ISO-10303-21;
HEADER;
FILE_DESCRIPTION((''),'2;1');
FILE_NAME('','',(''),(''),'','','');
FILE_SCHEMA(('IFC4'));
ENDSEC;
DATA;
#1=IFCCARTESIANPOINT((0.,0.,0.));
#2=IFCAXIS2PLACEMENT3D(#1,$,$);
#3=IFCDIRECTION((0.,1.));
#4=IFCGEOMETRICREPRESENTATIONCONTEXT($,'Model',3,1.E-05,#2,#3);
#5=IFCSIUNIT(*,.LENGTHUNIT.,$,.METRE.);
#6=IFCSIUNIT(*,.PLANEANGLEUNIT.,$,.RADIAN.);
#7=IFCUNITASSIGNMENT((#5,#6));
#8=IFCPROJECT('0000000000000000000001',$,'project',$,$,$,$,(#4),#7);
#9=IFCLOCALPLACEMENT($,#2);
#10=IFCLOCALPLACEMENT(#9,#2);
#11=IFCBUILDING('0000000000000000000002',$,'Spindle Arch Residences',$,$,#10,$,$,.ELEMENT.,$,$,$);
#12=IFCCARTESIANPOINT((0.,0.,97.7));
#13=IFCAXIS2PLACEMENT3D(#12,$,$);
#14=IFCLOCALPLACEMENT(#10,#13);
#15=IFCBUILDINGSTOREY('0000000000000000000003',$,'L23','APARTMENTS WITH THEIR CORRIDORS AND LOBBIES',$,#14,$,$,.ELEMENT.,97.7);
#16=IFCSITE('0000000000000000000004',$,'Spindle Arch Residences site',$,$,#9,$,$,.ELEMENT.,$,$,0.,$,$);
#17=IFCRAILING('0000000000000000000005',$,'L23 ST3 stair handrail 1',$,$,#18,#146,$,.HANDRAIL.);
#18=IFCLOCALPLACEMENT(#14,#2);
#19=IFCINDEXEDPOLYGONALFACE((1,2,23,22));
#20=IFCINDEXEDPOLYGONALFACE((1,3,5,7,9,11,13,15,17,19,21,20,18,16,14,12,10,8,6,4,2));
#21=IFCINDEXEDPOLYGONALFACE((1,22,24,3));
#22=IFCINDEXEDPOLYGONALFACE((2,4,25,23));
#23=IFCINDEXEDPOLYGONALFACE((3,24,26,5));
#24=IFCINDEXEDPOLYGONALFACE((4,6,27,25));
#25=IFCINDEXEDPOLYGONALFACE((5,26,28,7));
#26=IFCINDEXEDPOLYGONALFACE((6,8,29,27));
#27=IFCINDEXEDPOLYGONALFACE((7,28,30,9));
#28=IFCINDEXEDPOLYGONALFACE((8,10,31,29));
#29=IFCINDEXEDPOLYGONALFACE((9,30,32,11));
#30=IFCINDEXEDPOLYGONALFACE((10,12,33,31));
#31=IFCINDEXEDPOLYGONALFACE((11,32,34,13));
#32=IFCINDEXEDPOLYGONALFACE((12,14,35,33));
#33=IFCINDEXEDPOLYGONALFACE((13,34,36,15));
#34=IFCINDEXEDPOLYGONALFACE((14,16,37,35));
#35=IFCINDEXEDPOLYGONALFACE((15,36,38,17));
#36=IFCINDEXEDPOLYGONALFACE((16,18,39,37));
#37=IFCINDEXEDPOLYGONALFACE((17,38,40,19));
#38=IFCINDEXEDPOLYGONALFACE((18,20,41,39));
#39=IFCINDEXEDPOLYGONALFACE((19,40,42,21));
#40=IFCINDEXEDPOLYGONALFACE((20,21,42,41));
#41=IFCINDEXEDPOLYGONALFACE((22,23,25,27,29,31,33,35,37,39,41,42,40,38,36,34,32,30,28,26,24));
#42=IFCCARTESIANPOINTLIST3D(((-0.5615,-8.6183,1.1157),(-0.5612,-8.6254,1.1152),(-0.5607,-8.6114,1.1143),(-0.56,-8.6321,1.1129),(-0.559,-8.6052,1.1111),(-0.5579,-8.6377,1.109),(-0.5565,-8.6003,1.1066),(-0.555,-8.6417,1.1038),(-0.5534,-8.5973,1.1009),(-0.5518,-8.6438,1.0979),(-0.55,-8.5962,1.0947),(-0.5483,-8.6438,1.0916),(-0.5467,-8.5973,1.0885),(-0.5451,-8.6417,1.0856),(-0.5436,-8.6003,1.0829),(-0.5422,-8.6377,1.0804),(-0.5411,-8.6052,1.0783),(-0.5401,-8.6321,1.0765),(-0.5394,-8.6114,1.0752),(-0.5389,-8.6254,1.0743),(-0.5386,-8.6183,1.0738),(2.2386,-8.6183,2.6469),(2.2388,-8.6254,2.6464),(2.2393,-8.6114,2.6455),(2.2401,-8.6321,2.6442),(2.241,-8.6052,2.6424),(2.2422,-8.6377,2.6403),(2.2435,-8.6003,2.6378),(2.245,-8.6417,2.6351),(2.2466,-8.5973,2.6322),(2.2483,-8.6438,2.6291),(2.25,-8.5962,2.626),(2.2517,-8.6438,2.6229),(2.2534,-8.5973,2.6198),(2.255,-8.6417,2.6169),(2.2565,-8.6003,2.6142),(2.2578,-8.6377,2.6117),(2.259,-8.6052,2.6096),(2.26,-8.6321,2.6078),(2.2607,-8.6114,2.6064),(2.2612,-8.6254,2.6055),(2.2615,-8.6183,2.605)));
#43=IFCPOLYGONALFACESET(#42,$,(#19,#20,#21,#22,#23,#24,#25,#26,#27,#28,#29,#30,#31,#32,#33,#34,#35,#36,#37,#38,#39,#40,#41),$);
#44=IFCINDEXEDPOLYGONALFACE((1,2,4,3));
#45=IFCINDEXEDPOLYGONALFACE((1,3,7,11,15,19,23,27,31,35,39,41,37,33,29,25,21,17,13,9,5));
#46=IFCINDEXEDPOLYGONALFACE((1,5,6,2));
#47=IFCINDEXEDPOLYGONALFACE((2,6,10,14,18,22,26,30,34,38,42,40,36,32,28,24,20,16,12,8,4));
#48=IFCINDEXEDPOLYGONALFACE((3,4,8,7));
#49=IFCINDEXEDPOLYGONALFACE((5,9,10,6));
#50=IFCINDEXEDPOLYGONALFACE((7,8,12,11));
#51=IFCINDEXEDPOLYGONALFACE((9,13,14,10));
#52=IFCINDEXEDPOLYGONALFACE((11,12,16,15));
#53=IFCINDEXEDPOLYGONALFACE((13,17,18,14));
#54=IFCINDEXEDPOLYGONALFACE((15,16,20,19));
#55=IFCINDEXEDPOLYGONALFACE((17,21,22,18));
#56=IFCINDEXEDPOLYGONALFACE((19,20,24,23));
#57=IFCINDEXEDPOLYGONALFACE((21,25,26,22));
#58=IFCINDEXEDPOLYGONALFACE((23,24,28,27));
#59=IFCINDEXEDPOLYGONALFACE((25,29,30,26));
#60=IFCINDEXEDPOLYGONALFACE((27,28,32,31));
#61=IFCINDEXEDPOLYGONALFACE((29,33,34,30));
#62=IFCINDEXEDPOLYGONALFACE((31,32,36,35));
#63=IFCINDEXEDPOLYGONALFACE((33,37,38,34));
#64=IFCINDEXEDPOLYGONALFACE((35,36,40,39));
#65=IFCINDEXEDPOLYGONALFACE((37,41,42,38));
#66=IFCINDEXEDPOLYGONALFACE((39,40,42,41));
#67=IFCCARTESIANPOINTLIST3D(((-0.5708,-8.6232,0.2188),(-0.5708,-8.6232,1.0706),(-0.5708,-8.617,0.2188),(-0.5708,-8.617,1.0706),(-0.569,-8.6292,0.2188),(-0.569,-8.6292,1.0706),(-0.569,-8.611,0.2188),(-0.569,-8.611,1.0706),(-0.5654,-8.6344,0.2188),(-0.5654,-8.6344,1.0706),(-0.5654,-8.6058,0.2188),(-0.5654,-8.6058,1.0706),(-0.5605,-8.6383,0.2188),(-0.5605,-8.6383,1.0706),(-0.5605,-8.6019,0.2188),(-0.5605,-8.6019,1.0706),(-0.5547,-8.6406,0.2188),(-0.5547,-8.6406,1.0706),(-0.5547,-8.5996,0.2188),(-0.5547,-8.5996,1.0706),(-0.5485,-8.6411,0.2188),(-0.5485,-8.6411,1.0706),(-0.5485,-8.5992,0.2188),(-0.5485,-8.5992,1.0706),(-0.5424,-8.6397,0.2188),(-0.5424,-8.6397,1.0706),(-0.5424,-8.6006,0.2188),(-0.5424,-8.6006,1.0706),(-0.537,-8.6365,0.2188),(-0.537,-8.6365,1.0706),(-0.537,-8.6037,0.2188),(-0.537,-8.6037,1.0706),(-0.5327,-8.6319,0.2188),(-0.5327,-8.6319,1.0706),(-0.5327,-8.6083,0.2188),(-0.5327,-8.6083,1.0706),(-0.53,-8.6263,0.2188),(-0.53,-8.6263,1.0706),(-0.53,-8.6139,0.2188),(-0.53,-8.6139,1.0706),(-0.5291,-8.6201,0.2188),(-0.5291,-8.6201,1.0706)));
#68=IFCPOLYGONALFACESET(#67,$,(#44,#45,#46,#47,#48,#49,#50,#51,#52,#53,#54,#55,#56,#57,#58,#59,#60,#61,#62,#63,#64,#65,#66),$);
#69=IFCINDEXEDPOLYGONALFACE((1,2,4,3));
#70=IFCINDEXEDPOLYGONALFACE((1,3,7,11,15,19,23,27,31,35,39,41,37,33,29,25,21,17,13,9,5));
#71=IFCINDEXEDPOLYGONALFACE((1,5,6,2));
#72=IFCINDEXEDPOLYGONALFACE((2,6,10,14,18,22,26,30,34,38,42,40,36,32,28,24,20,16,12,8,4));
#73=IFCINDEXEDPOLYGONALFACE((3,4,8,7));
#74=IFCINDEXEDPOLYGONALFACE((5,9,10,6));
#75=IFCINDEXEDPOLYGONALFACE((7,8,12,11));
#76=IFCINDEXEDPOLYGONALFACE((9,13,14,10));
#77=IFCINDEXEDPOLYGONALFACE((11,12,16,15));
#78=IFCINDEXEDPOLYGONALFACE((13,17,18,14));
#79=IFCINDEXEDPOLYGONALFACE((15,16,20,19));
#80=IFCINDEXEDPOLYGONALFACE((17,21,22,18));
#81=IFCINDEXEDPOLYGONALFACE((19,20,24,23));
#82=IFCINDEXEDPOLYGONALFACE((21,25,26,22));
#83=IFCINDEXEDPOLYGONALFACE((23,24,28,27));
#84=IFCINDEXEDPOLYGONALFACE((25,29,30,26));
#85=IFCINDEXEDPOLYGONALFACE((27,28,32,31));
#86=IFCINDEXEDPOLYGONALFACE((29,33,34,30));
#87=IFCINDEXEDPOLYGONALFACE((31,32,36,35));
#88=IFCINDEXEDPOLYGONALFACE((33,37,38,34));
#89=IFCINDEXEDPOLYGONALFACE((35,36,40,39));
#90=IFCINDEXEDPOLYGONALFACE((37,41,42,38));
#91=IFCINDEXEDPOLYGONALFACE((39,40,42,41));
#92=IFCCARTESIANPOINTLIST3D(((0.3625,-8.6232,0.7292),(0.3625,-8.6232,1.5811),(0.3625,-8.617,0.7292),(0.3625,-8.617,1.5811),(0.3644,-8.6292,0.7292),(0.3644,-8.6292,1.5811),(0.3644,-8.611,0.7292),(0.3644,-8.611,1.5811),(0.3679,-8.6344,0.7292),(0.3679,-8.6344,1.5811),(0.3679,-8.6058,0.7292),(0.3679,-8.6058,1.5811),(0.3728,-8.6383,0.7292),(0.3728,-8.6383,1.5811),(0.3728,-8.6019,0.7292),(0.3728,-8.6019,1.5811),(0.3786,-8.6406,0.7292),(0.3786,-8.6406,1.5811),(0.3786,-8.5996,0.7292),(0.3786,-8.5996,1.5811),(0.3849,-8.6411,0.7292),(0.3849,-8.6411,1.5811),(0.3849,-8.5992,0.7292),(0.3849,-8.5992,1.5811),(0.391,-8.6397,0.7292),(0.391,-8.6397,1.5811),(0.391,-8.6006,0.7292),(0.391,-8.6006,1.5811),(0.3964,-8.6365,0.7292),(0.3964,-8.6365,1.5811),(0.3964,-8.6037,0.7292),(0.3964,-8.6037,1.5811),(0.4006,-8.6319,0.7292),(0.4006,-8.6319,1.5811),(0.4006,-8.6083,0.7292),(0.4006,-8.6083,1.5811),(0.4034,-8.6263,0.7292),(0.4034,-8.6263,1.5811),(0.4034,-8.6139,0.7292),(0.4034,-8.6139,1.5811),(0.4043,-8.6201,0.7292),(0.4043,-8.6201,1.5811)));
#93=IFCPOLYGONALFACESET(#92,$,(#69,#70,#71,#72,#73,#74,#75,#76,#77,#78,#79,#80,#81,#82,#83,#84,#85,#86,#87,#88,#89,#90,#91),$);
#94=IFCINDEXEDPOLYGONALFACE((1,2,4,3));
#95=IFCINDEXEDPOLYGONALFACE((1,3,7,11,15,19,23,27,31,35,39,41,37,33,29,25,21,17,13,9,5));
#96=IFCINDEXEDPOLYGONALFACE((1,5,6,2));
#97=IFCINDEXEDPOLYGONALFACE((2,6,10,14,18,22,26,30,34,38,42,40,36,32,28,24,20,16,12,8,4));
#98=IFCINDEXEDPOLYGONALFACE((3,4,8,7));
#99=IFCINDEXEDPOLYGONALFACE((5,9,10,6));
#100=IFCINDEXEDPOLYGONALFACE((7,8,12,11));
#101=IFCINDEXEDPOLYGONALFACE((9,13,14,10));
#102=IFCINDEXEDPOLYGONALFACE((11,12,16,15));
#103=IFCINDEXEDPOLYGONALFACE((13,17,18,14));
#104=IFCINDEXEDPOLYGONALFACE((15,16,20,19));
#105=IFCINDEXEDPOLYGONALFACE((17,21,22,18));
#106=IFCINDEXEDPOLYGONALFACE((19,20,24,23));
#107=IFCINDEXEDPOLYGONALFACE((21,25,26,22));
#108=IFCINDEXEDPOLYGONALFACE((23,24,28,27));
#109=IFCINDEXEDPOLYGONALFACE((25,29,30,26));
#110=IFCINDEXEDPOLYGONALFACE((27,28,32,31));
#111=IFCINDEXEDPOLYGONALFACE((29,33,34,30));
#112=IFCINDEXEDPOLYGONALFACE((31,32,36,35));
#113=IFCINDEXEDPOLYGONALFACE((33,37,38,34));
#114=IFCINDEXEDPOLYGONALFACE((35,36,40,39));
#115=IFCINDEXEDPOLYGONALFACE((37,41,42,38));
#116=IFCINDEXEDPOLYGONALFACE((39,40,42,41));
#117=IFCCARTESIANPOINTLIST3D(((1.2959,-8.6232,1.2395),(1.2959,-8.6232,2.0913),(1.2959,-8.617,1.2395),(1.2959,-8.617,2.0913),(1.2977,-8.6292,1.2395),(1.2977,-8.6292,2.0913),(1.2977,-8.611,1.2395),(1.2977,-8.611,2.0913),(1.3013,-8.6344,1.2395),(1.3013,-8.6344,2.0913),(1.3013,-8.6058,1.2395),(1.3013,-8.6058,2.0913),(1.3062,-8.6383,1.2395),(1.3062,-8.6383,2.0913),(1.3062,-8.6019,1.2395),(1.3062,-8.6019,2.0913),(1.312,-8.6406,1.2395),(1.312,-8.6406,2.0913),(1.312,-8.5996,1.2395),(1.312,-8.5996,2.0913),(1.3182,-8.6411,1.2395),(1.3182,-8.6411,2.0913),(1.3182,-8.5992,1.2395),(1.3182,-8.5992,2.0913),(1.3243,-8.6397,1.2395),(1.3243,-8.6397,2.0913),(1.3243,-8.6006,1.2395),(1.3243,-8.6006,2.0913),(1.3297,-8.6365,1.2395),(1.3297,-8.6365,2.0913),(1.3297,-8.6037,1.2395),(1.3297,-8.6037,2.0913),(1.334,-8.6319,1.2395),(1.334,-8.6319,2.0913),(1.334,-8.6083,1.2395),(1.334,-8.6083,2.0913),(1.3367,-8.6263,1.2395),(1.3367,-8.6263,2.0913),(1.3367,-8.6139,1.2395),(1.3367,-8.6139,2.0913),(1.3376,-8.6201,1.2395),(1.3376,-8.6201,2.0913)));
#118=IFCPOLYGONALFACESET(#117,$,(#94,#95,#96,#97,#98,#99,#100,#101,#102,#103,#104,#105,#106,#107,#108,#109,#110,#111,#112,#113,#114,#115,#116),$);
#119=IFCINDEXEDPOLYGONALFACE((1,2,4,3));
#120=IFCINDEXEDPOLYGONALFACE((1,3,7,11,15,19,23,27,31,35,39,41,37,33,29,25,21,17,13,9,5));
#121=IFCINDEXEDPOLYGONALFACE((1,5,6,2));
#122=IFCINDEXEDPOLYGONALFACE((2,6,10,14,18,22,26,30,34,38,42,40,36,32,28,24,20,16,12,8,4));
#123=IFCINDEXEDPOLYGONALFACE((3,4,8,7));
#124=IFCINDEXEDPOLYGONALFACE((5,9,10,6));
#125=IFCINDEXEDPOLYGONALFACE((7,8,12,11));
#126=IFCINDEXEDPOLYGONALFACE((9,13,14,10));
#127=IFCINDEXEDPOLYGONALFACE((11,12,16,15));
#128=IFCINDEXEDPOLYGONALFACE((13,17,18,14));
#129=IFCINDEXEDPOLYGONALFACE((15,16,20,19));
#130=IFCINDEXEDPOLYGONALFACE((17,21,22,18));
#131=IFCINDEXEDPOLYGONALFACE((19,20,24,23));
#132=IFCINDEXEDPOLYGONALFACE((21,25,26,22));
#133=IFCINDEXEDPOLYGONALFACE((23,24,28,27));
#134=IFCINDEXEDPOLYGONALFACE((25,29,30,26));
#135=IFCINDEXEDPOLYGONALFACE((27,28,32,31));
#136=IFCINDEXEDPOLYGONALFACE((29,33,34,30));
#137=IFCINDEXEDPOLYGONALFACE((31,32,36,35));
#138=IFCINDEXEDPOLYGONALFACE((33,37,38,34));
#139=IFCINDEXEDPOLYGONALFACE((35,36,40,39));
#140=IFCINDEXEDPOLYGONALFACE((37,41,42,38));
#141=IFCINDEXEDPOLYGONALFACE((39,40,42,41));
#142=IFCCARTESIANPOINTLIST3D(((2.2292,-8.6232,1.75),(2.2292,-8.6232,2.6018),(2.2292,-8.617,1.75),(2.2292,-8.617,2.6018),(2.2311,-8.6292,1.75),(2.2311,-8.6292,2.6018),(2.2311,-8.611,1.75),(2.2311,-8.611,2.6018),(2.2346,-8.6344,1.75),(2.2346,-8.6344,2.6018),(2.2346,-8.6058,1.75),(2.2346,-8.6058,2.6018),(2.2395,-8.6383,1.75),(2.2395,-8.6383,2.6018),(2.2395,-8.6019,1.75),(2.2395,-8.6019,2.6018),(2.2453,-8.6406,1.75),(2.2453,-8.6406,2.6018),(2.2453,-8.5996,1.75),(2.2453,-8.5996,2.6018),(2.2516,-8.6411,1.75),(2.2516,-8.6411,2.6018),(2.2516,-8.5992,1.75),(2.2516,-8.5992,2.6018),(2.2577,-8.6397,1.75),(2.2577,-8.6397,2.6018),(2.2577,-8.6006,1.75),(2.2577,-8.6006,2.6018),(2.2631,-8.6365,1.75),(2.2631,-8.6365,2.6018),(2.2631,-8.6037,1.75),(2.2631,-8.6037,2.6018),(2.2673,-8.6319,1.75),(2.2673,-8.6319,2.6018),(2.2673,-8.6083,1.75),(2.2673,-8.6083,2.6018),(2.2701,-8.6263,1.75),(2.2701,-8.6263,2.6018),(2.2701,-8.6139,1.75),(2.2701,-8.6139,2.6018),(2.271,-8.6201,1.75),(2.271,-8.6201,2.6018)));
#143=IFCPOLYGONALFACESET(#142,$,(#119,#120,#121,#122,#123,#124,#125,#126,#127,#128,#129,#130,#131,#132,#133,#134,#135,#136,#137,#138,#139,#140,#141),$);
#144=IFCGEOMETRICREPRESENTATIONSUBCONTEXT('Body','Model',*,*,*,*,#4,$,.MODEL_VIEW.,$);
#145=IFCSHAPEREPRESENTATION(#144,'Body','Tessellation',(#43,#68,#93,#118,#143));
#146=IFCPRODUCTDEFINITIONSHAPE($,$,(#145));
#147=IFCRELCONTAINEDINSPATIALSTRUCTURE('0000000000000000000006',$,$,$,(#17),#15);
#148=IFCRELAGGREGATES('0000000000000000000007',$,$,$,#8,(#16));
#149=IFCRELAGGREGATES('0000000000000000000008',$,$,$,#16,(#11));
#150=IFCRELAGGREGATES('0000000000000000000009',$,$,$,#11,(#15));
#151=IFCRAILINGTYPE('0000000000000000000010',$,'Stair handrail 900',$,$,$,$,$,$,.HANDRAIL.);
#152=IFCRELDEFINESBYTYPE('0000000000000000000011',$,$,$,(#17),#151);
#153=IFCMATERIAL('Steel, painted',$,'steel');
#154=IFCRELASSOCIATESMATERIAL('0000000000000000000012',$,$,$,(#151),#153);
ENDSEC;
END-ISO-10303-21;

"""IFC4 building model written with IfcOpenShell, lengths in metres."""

from ifc_helpers import new_model, si_unit, direction, frame, origin, origin_2d, place, context, subcontext, project, spatial, circle, extrude, material, type_object, element, save


model = new_model("IFC4")

# Units and contexts
model_context = context("Model", 3, precision=1e-05, world=origin(), true_north=direction((0.0, 1.0)))
body_context = subcontext(model_context, "Body", "Model", "MODEL_VIEW")
ifc_project = project(units=[si_unit("LENGTHUNIT", "METRE"), si_unit("PLANEANGLEUNIT", "RADIAN")], contexts=[model_context])

# Site, building, storey
site_placement = place(None, origin())
site = spatial("IfcSite", under=ifc_project, at=site_placement, Name="Spindle Arch Residences site", CompositionType="ELEMENT", RefElevation=0.0)
building_placement = place(site_placement, origin())
building = spatial("IfcBuilding", under=site, at=building_placement, Name="Spindle Arch Residences", CompositionType="ELEMENT")
storey_placement = place(building_placement, frame((0.0, 0.0, 97.7)))
storey = spatial("IfcBuildingStorey", under=building, at=storey_placement, Name="L23", Description="APARTMENTS WITH THEIR CORRIDORS AND LOBBIES", CompositionType="ELEMENT", Elevation=97.7)

# Railing
ifc_material_1 = material(Name="Steel, painted", Category="steel")
railing_type_1 = type_object("IfcRailingType", Name="Stair handrail 900", PredefinedType="HANDRAIL", material=ifc_material_1)
railing_1_placement = place(storey_placement, frame((-0.55, -8.6201, 0.2188)))
element("IfcRailing", 1, at=railing_1_placement, inside=storey, type_object=railing_type_1, Name="L23 ST3 stair handrail 1", PredefinedType="HANDRAIL", context=body_context, shape_type="SweptSolid", body=[
    extrude(circle(Radius=0.0239, at=origin_2d()), frame((0.0, 0.0, 0.876), z_axis=(0.877375, 0.0, 0.479806), x_axis=(0.0, 1.0, 0.0)), (0.0, 0.0, 1.0), 3.1914),
    extrude(circle(Radius=0.021, at=origin_2d()), origin(), (0.0, 0.0, 1.0), 0.8518),
    extrude(circle(Radius=0.021, at=origin_2d()), frame((0.9333, 0.0, 0.5105)), (0.0, 0.0, 1.0), 0.8518),
    extrude(circle(Radius=0.021, at=origin_2d()), frame((1.8667, 0.0, 1.0208)), (0.0, 0.0, 1.0), 0.8518),
    extrude(circle(Radius=0.021, at=origin_2d()), frame((2.8, 0.0, 1.5312)), (0.0, 0.0, 1.0), 0.8518),
])

save(model, "model.ifc")
